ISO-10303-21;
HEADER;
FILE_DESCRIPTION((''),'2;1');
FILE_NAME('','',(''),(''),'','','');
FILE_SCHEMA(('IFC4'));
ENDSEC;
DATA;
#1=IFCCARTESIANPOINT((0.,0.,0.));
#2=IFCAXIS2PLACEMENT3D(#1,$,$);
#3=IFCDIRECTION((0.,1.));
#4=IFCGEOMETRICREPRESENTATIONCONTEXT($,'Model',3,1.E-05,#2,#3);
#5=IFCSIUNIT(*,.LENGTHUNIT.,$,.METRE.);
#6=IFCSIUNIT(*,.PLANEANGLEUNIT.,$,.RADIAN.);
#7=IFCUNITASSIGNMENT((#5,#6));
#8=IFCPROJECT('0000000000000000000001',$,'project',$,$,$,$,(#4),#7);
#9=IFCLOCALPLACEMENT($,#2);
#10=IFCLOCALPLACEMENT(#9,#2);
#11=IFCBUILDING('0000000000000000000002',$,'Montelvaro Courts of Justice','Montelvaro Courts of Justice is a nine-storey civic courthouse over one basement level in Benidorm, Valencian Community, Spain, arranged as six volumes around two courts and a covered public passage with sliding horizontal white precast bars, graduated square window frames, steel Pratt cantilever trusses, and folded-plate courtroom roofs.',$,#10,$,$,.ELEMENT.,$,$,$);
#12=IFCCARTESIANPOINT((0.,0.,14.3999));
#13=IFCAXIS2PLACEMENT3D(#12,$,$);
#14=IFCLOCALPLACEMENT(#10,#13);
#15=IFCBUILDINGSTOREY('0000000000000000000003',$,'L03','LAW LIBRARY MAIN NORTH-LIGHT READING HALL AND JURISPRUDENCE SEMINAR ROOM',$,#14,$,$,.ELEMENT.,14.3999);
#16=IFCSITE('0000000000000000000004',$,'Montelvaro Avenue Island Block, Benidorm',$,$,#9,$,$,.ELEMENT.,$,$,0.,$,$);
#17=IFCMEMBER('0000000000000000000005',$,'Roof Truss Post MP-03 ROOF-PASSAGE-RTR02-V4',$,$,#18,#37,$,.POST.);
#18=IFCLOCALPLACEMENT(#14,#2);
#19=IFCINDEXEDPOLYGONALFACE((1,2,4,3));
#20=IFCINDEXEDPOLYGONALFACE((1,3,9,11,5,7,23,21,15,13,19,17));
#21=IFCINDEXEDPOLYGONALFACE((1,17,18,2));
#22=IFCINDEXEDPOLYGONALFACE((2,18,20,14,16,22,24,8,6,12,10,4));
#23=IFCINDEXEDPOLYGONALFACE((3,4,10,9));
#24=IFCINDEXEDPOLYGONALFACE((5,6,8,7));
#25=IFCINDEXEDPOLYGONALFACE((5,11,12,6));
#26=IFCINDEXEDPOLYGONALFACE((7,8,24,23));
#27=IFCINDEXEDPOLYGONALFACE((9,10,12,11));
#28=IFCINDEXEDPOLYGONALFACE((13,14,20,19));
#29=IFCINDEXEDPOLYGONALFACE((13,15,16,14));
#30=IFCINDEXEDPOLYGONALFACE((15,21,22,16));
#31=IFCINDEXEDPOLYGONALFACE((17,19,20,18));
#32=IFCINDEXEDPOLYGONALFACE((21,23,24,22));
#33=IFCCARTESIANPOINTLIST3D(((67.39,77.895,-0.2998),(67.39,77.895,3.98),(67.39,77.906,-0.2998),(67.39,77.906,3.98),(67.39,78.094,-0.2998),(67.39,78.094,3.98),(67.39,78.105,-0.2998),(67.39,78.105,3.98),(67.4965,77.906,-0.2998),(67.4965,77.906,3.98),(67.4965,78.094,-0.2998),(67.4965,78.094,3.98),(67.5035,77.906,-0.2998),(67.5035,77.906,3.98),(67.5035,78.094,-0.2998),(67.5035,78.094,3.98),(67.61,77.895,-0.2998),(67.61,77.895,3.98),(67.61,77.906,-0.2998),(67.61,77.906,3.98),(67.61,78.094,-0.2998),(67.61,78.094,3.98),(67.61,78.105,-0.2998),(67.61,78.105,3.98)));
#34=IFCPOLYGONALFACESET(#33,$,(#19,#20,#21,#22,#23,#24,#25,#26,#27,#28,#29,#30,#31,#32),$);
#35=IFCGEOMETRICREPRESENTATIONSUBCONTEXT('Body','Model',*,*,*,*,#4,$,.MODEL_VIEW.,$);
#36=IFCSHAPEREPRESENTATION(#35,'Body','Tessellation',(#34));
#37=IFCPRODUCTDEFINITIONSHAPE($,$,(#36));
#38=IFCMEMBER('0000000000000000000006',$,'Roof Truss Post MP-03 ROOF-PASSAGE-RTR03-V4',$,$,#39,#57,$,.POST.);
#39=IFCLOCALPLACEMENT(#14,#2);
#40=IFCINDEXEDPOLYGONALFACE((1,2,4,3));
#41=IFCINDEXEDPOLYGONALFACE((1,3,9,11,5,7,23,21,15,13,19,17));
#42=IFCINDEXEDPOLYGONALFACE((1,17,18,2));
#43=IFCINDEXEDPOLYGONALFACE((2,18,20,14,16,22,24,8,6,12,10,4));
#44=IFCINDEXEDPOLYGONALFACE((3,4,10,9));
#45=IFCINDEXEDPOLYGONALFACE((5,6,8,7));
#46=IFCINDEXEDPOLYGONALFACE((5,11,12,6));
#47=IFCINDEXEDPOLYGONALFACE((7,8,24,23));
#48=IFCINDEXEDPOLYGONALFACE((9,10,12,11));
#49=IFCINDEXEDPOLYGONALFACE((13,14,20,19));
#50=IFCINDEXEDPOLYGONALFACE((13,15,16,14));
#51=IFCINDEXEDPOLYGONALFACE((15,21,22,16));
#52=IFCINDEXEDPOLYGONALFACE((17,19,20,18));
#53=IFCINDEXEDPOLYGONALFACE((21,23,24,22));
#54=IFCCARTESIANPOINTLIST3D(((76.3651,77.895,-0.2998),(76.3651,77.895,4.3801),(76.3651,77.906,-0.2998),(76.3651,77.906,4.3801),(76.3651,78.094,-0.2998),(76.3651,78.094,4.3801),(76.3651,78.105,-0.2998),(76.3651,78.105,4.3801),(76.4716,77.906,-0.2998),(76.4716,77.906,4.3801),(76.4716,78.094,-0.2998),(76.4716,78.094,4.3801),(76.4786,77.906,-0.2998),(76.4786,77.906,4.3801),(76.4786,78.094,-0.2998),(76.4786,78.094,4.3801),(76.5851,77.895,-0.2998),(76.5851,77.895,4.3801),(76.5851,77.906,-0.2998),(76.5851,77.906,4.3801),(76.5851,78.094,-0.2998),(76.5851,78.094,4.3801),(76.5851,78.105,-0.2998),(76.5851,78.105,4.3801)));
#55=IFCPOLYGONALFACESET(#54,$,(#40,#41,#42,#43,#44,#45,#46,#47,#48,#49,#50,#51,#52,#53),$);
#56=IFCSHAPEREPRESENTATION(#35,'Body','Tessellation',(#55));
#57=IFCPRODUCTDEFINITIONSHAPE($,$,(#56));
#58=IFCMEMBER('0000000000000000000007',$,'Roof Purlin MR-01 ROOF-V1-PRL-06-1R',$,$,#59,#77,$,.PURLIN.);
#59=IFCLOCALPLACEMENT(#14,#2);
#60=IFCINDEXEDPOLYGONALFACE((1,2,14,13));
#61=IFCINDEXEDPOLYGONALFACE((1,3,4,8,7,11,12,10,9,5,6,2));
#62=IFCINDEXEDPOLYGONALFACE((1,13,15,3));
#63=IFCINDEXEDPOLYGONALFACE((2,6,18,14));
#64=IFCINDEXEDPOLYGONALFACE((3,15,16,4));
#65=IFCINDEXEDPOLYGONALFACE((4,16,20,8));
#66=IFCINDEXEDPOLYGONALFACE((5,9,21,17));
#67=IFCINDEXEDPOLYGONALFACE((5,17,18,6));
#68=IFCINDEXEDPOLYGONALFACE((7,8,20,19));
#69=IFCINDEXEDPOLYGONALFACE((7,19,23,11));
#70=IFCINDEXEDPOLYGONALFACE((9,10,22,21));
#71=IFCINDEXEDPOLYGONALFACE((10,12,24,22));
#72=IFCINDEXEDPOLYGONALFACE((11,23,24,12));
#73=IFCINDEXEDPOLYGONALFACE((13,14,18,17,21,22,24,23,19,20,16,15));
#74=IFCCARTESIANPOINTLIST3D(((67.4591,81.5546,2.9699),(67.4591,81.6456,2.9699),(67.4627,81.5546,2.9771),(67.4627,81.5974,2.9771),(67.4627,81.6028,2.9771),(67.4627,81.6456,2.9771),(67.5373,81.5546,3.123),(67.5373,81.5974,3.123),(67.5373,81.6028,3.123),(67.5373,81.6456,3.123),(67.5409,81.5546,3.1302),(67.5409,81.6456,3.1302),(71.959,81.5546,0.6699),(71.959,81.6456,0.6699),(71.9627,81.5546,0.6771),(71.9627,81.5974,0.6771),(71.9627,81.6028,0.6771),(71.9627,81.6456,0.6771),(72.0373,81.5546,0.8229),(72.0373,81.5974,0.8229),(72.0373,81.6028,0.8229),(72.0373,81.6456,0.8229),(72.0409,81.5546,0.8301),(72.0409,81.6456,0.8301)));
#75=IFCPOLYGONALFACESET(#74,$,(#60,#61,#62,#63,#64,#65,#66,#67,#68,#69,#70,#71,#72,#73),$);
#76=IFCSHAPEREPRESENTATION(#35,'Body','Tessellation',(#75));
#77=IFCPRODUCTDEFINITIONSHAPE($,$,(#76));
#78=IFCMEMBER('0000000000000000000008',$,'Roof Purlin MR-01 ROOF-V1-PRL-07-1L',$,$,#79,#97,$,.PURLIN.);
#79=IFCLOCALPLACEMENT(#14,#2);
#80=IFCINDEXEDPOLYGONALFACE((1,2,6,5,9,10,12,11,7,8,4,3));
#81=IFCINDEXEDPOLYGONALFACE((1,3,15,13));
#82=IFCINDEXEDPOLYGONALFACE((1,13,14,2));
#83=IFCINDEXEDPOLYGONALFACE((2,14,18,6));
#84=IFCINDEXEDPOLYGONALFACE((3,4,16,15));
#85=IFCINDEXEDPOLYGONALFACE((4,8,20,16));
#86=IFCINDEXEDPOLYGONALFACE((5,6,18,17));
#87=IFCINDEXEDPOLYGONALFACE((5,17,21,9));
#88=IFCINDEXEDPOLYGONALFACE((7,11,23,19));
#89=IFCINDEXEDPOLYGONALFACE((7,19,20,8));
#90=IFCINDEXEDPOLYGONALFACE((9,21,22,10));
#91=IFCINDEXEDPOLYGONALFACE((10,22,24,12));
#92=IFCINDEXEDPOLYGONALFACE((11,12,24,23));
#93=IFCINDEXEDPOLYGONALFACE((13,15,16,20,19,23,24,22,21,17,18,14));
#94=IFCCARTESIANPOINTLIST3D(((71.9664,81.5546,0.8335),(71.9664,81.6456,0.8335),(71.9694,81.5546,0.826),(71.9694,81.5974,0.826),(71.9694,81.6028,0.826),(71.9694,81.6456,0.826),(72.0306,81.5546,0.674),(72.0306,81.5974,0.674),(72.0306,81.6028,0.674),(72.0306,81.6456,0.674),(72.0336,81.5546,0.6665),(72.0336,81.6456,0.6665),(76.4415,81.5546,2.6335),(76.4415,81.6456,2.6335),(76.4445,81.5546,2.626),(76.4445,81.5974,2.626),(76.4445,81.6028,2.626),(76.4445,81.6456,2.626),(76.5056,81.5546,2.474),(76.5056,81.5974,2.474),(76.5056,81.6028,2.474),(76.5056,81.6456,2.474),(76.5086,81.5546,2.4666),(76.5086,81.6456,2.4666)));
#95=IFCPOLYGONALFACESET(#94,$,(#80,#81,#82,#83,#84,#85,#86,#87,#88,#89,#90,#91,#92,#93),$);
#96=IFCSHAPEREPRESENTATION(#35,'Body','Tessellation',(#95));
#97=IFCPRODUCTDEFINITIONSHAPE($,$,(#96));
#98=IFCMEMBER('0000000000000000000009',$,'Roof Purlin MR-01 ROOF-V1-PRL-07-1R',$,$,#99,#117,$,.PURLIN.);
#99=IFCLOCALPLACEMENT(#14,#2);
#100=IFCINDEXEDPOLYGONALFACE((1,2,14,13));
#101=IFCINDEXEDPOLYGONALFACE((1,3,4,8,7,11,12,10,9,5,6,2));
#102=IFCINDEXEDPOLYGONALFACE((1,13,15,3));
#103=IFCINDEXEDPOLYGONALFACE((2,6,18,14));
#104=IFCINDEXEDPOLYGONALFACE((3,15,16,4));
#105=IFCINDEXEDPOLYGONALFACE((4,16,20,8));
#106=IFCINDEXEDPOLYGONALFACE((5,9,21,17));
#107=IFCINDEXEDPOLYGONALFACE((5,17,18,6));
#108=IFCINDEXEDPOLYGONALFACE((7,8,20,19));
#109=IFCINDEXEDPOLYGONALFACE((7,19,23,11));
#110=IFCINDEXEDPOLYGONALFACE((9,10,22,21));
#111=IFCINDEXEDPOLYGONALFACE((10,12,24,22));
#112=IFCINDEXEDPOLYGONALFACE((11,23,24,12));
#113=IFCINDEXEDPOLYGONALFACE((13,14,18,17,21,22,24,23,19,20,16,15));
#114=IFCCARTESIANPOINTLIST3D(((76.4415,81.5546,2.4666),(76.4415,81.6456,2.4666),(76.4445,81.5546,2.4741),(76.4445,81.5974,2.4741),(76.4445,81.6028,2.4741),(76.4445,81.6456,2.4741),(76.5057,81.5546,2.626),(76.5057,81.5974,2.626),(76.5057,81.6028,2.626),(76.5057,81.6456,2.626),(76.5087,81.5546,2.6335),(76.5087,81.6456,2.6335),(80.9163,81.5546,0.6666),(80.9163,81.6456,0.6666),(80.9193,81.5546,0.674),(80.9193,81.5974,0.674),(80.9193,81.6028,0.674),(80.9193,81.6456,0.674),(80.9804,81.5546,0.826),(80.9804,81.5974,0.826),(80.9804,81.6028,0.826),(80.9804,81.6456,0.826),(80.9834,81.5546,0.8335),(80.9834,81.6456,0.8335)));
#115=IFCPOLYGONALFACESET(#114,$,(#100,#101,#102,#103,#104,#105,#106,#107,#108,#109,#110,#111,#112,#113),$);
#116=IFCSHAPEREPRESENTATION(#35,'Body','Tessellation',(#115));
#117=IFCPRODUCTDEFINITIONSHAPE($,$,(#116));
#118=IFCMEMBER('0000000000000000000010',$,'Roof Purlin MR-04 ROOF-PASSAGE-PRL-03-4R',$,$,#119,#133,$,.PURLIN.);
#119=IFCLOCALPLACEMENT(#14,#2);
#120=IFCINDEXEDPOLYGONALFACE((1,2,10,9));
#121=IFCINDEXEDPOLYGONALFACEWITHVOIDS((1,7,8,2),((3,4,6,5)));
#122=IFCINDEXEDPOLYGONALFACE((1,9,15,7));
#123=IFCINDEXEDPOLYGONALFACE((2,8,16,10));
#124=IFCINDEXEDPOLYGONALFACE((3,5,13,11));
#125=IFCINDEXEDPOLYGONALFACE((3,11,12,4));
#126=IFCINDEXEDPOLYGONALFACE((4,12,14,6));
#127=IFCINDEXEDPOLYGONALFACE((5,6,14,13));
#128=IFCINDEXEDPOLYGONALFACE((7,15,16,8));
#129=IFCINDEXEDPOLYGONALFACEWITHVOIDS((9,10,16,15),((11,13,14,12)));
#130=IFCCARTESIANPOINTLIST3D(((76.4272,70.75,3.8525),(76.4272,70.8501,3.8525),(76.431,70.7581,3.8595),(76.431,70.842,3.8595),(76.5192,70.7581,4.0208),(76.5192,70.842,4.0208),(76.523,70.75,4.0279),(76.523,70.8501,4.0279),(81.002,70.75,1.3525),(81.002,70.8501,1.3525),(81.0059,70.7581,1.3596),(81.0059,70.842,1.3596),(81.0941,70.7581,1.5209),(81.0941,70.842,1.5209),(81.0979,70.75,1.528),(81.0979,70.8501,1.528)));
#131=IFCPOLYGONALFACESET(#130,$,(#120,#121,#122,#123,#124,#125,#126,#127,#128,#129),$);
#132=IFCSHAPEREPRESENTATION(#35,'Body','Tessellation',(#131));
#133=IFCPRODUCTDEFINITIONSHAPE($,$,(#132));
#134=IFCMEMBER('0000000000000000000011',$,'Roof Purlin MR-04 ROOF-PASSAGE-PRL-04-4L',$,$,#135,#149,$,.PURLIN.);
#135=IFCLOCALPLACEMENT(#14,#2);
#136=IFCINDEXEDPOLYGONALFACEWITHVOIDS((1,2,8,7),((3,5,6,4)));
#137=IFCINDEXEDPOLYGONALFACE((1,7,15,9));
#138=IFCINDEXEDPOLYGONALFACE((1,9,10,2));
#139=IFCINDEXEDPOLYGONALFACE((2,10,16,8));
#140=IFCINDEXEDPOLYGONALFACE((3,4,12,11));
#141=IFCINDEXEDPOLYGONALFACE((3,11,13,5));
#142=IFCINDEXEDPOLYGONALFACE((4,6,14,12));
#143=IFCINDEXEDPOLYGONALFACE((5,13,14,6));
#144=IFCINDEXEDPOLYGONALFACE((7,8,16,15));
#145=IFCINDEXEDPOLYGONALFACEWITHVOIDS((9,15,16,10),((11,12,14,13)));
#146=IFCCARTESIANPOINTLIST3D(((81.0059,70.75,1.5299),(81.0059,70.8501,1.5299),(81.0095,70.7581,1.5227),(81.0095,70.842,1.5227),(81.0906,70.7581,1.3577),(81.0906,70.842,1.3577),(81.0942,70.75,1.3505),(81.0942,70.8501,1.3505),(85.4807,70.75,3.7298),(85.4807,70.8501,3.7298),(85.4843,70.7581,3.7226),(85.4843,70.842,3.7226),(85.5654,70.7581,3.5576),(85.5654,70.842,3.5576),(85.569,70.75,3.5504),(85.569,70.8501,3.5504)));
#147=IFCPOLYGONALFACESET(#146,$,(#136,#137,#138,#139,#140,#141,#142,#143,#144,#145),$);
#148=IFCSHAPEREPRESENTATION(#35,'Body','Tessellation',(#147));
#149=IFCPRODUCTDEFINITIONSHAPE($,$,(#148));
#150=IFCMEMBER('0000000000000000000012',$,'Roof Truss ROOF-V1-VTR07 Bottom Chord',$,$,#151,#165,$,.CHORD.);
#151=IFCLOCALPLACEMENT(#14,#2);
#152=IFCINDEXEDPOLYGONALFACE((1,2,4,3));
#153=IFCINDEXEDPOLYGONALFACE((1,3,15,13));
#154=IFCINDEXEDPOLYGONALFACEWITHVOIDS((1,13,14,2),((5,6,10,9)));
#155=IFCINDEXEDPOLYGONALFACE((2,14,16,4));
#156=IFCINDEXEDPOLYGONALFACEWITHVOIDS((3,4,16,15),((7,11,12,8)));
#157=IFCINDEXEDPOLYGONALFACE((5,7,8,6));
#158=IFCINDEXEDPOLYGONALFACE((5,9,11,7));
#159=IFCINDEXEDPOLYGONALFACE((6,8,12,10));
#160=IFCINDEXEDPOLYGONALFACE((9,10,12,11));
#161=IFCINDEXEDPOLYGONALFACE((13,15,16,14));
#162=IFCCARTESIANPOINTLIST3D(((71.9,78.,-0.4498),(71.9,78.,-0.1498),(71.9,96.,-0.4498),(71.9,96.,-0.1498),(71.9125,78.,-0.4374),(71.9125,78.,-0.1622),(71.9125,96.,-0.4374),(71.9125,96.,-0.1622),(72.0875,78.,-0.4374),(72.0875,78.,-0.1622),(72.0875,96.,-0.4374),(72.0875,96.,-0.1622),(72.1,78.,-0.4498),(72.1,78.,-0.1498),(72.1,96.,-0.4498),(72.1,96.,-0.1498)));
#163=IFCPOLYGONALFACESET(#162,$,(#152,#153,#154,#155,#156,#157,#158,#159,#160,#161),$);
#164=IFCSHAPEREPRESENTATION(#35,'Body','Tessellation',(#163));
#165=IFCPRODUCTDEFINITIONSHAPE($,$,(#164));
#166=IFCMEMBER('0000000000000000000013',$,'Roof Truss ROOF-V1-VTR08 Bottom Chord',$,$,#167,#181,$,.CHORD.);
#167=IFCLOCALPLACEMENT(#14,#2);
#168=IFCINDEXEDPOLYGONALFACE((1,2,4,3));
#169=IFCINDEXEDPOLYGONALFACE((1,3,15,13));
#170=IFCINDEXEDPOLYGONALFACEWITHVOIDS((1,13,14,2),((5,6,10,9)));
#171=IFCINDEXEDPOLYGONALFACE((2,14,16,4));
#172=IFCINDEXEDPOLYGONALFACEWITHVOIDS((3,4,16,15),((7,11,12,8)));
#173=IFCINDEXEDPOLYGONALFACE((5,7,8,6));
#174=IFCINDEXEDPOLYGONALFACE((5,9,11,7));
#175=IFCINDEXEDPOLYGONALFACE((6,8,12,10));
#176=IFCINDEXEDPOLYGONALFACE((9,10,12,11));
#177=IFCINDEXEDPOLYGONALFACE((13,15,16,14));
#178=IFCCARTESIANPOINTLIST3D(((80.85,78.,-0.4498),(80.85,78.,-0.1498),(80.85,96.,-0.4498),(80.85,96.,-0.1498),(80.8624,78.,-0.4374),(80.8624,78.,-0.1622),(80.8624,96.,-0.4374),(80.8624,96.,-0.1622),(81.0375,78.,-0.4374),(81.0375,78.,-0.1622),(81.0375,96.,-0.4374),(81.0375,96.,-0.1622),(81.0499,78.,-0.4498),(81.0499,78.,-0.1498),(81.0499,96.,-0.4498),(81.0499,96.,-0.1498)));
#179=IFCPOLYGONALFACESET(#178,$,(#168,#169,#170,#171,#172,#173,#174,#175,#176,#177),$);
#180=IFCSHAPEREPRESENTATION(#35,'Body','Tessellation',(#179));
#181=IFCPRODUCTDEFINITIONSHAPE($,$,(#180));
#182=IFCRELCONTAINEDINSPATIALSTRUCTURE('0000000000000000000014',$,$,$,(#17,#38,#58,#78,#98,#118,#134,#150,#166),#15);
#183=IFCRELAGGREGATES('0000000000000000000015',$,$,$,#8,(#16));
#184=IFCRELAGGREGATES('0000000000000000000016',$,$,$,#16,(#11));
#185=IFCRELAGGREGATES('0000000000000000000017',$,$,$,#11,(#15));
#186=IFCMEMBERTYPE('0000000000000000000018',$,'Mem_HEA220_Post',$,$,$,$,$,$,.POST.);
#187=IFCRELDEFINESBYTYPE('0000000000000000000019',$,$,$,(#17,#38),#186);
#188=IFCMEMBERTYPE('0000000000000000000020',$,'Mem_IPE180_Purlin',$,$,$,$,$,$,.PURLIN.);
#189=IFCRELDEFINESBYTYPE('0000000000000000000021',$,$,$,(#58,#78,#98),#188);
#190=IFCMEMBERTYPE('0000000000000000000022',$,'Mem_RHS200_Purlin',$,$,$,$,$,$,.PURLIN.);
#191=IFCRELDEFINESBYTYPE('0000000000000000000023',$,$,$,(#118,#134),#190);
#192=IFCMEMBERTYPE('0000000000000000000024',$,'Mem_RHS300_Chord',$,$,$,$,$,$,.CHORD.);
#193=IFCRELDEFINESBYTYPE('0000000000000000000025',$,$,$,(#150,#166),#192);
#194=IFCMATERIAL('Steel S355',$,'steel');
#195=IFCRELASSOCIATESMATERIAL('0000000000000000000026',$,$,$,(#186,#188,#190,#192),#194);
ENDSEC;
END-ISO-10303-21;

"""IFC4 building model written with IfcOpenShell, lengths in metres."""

from ifc_helpers import new_model, si_unit, direction, frame, origin, origin_2d, place, context, subcontext, project, spatial, hollow_rectangle, i_section, extrude, material, material_profile, profile_set, type_object, element, save


model = new_model("IFC4")

# Units and contexts
model_context = context("Model", 3, precision=1e-05, world=origin(), true_north=direction((0.0, 1.0)))
body_context = subcontext(model_context, "Body", "Model", "MODEL_VIEW")
ifc_project = project(units=[si_unit("LENGTHUNIT", "METRE"), si_unit("PLANEANGLEUNIT", "RADIAN")], contexts=[model_context])

# Site, building, storey
site_placement = place(None, origin())
site = spatial("IfcSite", under=ifc_project, at=site_placement, Name="Montelvaro Avenue Island Block, Benidorm", CompositionType="ELEMENT", RefElevation=0.0)
building_placement = place(site_placement, origin())
building = spatial("IfcBuilding", under=site, at=building_placement, Name="Montelvaro Courts of Justice", Description="Montelvaro Courts of Justice is a nine-storey civic courthouse over one basement level in Benidorm, Valencian Community, Spain, arranged as six volumes around two courts and a covered public passage with sliding horizontal white precast bars, graduated square window frames, steel Pratt cantilever trusses, and folded-plate courtroom roofs.", CompositionType="ELEMENT")
storey_placement = place(building_placement, frame((0.0, 0.0, 14.3999)))
storey = spatial("IfcBuildingStorey", under=building, at=storey_placement, Name="L03", Description="LAW LIBRARY MAIN NORTH-LIGHT READING HALL AND JURISPRUDENCE SEMINAR ROOM", CompositionType="ELEMENT", Elevation=14.3999)

# Members
ifc_material_1 = material(Name="Steel S355", Category="steel")
ifc_material_profile_1 = material_profile(ifc_material_1, i_section(OverallWidth=0.22, OverallDepth=0.21, WebThickness=0.0071, FlangeThickness=0.011, at=origin_2d()), Name="HEA 220")
ifc_profile_set_1 = profile_set([ifc_material_profile_1], Name="Steel S355")
member_type_1 = type_object("IfcMemberType", Name="Mem_HEA220_Post", PredefinedType="POST", material=ifc_profile_set_1)
member_1_placement = place(storey_placement, frame((67.5, 78.0, -0.2998), z_axis=(0.0, 0.0, 1.0), x_axis=(1.0, 0.0, 0.0)))
element("IfcMember", 1, at=member_1_placement, inside=storey, type_object=member_type_1, Name="Roof Truss Post MP-03 ROOF-PASSAGE-RTR02-V4", PredefinedType="POST", context=body_context, shape_type="SweptSolid", body=[
    extrude(i_section(OverallWidth=0.22, OverallDepth=0.21, WebThickness=0.0071, FlangeThickness=0.011, at=origin_2d()), origin(), (0.0, 0.0, 1.0), 4.2798),
])
member_2_placement = place(storey_placement, frame((76.4751, 78.0, -0.2998), z_axis=(0.0, 0.0, 1.0), x_axis=(1.0, 0.0, 0.0)))
element("IfcMember", 2, at=member_2_placement, inside=storey, type_object=member_type_1, Name="Roof Truss Post MP-03 ROOF-PASSAGE-RTR03-V4", PredefinedType="POST", context=body_context, shape_type="SweptSolid", body=[
    extrude(i_section(OverallWidth=0.22, OverallDepth=0.21, WebThickness=0.0071, FlangeThickness=0.011, at=origin_2d()), origin(), (0.0, 0.0, 1.0), 4.6799),
])
ifc_material_profile_2 = material_profile(ifc_material_1, i_section(OverallWidth=0.0911, OverallDepth=0.1799, WebThickness=0.0054, FlangeThickness=0.0081, at=origin_2d()), Name="IPE 180")
ifc_profile_set_2 = profile_set([ifc_material_profile_2], Name="Steel S355")
member_type_2 = type_object("IfcMemberType", Name="Mem_IPE180_Purlin", PredefinedType="PURLIN", material=ifc_profile_set_2)
member_3_placement = place(storey_placement, frame((67.5, 81.6001, 3.05), z_axis=(0.890431, 0.0, -0.455119), x_axis=(0.0, 1.0, 0.0)))
element("IfcMember", 3, at=member_3_placement, inside=storey, type_object=member_type_2, Name="Roof Purlin MR-01 ROOF-V1-PRL-06-1R", PredefinedType="PURLIN", context=body_context, shape_type="SweptSolid", body=[
    extrude(i_section(OverallWidth=0.0911, OverallDepth=0.1799, WebThickness=0.0054, FlangeThickness=0.0081, at=origin_2d()), origin(), (0.0, 0.0, 1.0), 5.0537),
])
member_4_placement = place(storey_placement, frame((72.0, 81.6001, 0.75), z_axis=(0.927759, 0.0, 0.373179), x_axis=(0.0, 1.0, 0.0)))
element("IfcMember", 4, at=member_4_placement, inside=storey, type_object=member_type_2, Name="Roof Purlin MR-01 ROOF-V1-PRL-07-1L", PredefinedType="PURLIN", context=body_context, shape_type="SweptSolid", body=[
    extrude(i_section(OverallWidth=0.0911, OverallDepth=0.1799, WebThickness=0.0054, FlangeThickness=0.0081, at=origin_2d()), origin(), (0.0, 0.0, 1.0), 4.8235),
])
member_5_placement = place(storey_placement, frame((76.4751, 81.6001, 2.55), z_axis=(0.927752, 0.0, -0.373196), x_axis=(0.0, 1.0, 0.0)))
element("IfcMember", 5, at=member_5_placement, inside=storey, type_object=member_type_2, Name="Roof Purlin MR-01 ROOF-V1-PRL-07-1R", PredefinedType="PURLIN", context=body_context, shape_type="SweptSolid", body=[
    extrude(i_section(OverallWidth=0.0911, OverallDepth=0.1799, WebThickness=0.0054, FlangeThickness=0.0081, at=origin_2d()), origin(), (0.0, 0.0, 1.0), 4.8232),
])
ifc_material_profile_3 = material_profile(ifc_material_1, hollow_rectangle(XDim=0.1001, YDim=0.2, WallThickness=0.0081, at=origin_2d()), Name="RHS 200x100x8")
ifc_profile_set_3 = profile_set([ifc_material_profile_3], Name="Steel S355")
member_type_3 = type_object("IfcMemberType", Name="Mem_RHS200_Purlin", PredefinedType="PURLIN", material=ifc_profile_set_3)
member_6_placement = place(storey_placement, frame((76.4751, 70.8, 3.9402), z_axis=(0.877527, 0.0, -0.479528), x_axis=(0.0, 1.0, 0.0)))
element("IfcMember", 6, at=member_6_placement, inside=storey, type_object=member_type_3, Name="Roof Purlin MR-04 ROOF-PASSAGE-PRL-03-4R", PredefinedType="PURLIN", context=body_context, shape_type="SweptSolid", body=[
    extrude(hollow_rectangle(XDim=0.1001, YDim=0.2, WallThickness=0.0081, at=origin_2d()), origin(), (0.0, 0.0, 1.0), 5.2134),
])
member_7_placement = place(storey_placement, frame((81.05, 70.8, 1.4402), z_axis=(0.897413, 0.0, 0.441191), x_axis=(0.0, 1.0, 0.0)))
element("IfcMember", 7, at=member_7_placement, inside=storey, type_object=member_type_3, Name="Roof Purlin MR-04 ROOF-PASSAGE-PRL-04-4L", PredefinedType="PURLIN", context=body_context, shape_type="SweptSolid", body=[
    extrude(hollow_rectangle(XDim=0.1001, YDim=0.2, WallThickness=0.0081, at=origin_2d()), origin(), (0.0, 0.0, 1.0), 4.9863),
])
ifc_material_profile_4 = material_profile(ifc_material_1, hollow_rectangle(XDim=0.2, YDim=0.3, WallThickness=0.0125, at=origin_2d()), Name="RHS 300x200x12.5")
ifc_profile_set_4 = profile_set([ifc_material_profile_4], Name="Steel S355")
member_type_4 = type_object("IfcMemberType", Name="Mem_RHS300_Chord", PredefinedType="CHORD", material=ifc_profile_set_4)
for number, where, z_axis, x_axis, name in (
    (8, (72.0, 78.0, -0.2998), (0.0, 1.0, 0.0), (-1.0, 0.0, 0.0), "Roof Truss ROOF-V1-VTR07 Bottom Chord"),
    (9, (80.95, 78.0, -0.2998), (0.0, 1.0, 0.0), (-1.0, 0.0, 0.0), "Roof Truss ROOF-V1-VTR08 Bottom Chord"),
):
    element("IfcMember", number, at=place(storey_placement, frame(where, z_axis=z_axis, x_axis=x_axis)), inside=storey, type_object=member_type_4, Name=name, PredefinedType="CHORD", context=body_context, shape_type="SweptSolid", body=[
        extrude(hollow_rectangle(XDim=0.2, YDim=0.3, WallThickness=0.0125, at=origin_2d()), origin(), (0.0, 0.0, 1.0), 18.0),
    ])

save(model, "model.ifc")
